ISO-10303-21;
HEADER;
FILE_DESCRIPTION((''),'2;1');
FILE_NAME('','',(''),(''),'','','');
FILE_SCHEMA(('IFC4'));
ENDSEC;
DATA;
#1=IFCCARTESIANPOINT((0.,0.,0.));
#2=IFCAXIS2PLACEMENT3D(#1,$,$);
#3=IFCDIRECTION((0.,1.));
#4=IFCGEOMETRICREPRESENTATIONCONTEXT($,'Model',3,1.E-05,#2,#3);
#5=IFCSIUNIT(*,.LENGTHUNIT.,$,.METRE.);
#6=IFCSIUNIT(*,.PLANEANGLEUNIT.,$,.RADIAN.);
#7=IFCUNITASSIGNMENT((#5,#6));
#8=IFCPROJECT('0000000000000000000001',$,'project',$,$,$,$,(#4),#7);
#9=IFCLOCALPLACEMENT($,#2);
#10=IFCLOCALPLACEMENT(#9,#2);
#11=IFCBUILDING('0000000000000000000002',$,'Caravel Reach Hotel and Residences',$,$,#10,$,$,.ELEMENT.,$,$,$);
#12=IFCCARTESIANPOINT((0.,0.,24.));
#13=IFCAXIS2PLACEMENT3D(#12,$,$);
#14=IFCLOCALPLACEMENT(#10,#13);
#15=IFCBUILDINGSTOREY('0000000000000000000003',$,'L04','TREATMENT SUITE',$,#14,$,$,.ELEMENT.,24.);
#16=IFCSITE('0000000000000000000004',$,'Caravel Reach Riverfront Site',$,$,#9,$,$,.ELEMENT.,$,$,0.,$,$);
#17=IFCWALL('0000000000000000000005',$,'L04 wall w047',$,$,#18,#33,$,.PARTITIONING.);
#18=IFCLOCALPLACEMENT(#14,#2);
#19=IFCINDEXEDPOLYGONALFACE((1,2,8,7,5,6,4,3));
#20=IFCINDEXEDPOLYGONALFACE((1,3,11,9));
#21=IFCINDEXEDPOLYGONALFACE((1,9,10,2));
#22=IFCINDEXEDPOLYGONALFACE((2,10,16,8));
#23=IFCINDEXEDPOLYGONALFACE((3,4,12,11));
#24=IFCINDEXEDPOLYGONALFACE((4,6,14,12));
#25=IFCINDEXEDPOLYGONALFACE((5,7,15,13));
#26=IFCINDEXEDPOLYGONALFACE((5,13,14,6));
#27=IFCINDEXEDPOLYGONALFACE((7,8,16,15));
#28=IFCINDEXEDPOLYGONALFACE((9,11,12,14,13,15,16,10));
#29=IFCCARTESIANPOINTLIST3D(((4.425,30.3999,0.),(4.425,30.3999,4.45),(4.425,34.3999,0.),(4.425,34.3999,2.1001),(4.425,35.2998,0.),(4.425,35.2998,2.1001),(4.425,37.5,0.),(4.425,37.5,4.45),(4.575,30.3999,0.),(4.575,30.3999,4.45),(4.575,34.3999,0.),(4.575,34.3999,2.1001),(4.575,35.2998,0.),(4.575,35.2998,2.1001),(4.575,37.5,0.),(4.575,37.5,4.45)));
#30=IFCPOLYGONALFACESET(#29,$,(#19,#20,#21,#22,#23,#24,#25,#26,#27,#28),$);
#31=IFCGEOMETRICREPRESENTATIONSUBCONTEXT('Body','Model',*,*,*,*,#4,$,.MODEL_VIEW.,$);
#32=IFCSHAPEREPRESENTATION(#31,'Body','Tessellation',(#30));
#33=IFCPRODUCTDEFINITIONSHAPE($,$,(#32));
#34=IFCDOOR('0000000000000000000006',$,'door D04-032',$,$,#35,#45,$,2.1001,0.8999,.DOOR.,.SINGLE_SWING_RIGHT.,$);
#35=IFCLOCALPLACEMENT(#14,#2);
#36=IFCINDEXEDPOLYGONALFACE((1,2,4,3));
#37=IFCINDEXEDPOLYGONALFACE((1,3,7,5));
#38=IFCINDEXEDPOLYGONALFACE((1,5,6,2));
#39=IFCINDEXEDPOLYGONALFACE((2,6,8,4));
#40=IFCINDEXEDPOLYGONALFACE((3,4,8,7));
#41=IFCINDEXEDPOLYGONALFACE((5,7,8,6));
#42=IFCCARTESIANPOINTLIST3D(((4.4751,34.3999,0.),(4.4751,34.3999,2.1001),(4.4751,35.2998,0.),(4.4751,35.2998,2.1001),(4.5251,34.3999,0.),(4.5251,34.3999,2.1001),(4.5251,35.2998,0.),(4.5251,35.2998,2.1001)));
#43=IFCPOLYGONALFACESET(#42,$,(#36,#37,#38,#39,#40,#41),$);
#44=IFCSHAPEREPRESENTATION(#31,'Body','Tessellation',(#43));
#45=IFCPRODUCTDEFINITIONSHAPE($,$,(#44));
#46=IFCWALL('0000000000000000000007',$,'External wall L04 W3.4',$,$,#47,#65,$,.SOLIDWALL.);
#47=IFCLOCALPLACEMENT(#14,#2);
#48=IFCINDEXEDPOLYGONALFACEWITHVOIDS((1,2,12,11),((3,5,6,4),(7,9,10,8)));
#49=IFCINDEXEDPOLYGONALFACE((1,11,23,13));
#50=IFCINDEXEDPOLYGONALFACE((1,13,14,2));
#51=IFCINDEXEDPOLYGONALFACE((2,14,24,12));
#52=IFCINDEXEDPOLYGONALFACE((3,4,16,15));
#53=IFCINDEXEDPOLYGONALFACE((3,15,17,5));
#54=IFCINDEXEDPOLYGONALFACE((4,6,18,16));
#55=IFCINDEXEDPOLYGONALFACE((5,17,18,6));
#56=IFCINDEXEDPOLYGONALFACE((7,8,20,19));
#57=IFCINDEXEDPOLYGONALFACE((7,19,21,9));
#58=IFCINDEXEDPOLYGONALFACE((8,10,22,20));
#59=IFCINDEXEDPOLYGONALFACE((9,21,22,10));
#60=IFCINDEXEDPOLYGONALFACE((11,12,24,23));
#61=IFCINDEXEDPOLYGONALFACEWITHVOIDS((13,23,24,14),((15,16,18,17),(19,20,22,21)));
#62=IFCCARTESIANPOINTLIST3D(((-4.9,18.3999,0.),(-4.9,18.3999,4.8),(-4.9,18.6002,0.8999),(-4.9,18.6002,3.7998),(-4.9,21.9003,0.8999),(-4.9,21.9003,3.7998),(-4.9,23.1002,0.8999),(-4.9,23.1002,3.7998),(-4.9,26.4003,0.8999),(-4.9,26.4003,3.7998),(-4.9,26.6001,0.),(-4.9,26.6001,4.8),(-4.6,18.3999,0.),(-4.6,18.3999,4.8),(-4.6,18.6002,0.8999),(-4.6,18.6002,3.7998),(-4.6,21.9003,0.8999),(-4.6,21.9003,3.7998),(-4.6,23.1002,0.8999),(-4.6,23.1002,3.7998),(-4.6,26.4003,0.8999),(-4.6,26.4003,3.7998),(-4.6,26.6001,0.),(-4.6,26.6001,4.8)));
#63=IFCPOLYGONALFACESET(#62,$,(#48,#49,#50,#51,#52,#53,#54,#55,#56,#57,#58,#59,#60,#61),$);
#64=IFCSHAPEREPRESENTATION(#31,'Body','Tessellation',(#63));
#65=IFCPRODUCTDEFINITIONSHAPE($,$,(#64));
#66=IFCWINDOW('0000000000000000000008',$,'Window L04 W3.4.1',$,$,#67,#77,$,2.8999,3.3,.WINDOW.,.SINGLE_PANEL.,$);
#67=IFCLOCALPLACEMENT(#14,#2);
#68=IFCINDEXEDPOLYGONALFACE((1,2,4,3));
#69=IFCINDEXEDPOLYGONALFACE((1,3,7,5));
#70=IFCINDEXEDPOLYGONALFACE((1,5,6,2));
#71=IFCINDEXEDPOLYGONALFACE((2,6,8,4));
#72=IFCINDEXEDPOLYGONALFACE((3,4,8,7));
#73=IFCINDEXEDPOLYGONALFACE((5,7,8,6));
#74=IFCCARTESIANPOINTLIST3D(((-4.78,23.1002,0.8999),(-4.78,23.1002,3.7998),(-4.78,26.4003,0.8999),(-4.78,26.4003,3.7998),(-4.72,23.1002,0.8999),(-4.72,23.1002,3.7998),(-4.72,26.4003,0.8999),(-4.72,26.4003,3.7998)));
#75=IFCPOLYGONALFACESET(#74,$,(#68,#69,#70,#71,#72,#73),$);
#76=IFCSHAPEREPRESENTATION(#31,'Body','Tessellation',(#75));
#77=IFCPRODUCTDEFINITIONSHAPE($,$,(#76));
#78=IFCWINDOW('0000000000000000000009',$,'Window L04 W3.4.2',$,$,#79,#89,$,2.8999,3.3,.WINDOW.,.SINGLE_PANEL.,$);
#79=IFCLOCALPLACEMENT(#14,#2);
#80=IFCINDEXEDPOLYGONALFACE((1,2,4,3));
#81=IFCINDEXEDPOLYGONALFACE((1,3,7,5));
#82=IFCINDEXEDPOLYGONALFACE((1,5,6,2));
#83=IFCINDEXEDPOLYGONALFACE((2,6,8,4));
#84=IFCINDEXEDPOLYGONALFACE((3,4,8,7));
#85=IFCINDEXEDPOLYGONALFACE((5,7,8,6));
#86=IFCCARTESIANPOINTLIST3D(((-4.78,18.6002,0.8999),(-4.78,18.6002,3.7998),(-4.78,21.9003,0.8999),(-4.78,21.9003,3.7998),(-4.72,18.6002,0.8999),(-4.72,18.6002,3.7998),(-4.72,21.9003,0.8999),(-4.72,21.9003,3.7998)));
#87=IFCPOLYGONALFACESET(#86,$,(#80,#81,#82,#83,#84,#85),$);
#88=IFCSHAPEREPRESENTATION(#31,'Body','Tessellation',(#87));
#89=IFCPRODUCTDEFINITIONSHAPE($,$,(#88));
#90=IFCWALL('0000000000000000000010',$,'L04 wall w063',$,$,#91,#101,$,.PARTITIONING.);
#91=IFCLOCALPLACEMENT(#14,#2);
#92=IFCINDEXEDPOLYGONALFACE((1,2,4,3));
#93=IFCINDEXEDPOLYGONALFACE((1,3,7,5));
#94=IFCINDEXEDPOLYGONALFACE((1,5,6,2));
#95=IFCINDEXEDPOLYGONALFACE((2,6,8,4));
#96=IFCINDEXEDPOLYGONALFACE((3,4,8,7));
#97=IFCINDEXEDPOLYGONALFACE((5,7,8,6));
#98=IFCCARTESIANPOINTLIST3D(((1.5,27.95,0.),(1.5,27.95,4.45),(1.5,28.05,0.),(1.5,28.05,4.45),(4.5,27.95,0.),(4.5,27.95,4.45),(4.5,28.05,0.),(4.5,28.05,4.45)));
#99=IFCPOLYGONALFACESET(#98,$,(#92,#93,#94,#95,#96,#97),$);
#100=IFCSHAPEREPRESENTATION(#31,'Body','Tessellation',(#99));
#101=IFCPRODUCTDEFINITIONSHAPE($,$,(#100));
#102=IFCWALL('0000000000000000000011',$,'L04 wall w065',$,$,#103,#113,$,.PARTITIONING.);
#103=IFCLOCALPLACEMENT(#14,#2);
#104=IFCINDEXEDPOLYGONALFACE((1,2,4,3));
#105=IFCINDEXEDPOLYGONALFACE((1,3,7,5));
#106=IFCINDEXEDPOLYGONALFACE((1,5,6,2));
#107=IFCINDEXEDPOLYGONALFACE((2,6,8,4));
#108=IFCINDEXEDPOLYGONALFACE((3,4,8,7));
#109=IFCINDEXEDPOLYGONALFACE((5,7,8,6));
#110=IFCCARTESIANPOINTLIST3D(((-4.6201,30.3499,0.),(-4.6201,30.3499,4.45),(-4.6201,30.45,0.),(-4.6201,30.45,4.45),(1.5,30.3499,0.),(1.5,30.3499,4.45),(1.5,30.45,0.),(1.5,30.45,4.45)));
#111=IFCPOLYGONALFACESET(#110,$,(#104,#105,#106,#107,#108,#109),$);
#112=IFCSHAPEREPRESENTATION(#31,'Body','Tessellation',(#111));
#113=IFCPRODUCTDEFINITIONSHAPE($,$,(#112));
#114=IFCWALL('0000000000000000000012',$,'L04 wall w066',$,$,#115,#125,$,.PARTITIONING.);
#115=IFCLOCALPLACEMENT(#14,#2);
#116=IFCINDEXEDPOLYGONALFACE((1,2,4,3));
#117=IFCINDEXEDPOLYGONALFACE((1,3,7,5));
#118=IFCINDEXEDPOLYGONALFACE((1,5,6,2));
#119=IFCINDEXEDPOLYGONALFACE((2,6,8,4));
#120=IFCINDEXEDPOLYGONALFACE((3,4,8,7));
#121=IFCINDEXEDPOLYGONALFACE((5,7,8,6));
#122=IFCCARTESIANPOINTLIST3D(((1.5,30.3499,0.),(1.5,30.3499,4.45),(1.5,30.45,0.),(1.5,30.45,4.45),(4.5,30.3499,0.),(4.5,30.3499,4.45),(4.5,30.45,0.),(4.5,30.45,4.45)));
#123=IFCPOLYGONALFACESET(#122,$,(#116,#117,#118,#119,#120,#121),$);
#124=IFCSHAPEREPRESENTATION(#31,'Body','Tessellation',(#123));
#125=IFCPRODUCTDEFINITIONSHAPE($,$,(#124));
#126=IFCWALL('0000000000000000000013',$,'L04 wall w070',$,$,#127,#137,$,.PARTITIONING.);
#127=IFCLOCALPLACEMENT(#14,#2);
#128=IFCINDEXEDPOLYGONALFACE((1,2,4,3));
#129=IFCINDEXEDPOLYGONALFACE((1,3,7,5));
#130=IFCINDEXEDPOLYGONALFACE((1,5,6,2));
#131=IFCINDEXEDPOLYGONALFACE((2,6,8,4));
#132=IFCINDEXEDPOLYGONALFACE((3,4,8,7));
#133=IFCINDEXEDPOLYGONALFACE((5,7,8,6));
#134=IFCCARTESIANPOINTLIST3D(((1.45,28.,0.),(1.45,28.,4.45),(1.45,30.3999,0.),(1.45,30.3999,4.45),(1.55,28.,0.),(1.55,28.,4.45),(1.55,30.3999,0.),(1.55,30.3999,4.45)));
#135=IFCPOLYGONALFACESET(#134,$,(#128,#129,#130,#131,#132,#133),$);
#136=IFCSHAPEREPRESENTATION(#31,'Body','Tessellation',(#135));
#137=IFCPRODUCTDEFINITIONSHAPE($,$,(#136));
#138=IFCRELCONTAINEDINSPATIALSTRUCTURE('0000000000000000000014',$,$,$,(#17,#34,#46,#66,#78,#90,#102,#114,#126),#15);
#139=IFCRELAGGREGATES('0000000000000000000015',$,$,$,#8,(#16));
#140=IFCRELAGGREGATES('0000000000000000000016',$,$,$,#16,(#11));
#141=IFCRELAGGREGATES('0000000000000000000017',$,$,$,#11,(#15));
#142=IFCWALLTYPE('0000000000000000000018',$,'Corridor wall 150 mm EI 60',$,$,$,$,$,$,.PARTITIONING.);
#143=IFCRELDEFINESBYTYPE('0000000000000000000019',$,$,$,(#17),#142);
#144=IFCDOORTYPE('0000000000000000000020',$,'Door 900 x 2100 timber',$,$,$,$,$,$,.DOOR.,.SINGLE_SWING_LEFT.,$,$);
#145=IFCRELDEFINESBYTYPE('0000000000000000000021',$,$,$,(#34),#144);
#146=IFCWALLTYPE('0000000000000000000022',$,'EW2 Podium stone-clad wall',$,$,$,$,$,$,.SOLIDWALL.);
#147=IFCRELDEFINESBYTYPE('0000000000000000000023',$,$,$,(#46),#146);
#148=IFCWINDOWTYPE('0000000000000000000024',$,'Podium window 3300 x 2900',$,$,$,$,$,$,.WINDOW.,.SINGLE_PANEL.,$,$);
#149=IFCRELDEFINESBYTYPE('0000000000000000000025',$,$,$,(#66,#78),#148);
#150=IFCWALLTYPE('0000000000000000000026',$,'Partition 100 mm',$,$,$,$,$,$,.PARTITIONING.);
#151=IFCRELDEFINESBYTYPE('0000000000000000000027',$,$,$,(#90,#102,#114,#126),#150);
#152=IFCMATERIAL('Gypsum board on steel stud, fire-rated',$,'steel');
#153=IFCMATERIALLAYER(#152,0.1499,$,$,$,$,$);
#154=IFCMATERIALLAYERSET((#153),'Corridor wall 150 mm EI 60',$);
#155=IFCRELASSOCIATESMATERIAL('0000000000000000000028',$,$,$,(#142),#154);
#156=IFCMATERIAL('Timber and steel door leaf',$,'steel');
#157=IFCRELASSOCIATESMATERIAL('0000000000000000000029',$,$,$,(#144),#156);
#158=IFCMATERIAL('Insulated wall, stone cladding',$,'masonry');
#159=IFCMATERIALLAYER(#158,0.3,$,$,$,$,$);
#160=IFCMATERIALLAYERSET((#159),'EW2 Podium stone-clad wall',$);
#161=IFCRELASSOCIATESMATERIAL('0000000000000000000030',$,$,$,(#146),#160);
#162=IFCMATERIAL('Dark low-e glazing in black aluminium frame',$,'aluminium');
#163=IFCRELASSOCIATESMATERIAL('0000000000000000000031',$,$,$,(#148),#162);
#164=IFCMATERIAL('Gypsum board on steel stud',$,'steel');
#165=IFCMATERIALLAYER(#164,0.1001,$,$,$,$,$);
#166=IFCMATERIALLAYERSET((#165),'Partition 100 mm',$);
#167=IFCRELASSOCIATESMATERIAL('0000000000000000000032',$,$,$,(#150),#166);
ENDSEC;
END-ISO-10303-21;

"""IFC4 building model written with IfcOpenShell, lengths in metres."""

from ifc_helpers import new_model, si_unit, direction, frame, frame_2d, origin, place, context, subcontext, project, spatial, rectangle, extrude, material, layer, layer_set, type_object, element, fill, save


model = new_model("IFC4")

# Units and contexts
model_context = context("Model", 3, precision=1e-05, world=origin(), true_north=direction((0.0, 1.0)))
body_context = subcontext(model_context, "Body", "Model", "MODEL_VIEW")
ifc_project = project(units=[si_unit("LENGTHUNIT", "METRE"), si_unit("PLANEANGLEUNIT", "RADIAN")], contexts=[model_context])

# Site, building, storey
site_placement = place(None, origin())
site = spatial("IfcSite", under=ifc_project, at=site_placement, Name="Caravel Reach Riverfront Site", CompositionType="ELEMENT", RefElevation=0.0)
building_placement = place(site_placement, origin())
building = spatial("IfcBuilding", under=site, at=building_placement, Name="Caravel Reach Hotel and Residences", CompositionType="ELEMENT")
storey_placement = place(building_placement, frame((0.0, 0.0, 24.0)))
storey = spatial("IfcBuildingStorey", under=building, at=storey_placement, Name="L04", Description="TREATMENT SUITE", CompositionType="ELEMENT", Elevation=24.0)

# Wall, opening, door
ifc_material_1 = material(Name="Gypsum board on steel stud, fire-rated", Category="steel")
ifc_layer_1 = layer(ifc_material_1, 0.1499)
ifc_layer_set_1 = layer_set([ifc_layer_1], Name="Corridor wall 150 mm EI 60")
wall_type_1 = type_object("IfcWallType", Name="Corridor wall 150 mm EI 60", PredefinedType="PARTITIONING", material=ifc_layer_set_1)
ifc_material_2 = material(Name="Timber and steel door leaf", Category="steel")
door_type_1 = type_object("IfcDoorType", Name="Door 900 x 2100 timber", OperationType="SINGLE_SWING_LEFT", PredefinedType="DOOR", material=ifc_material_2)
wall_1_placement = place(storey_placement, frame((4.5, 30.3999, 0.0), z_axis=(0.0, 0.0, 1.0), x_axis=(0.0, 1.0, 0.0)))
wall_1 = element("IfcWall", 1, at=wall_1_placement, inside=storey, type_object=wall_type_1, Name="L04 wall w047", PredefinedType="PARTITIONING", context=body_context, shape_type="SweptSolid", body=[
    extrude(rectangle(XDim=7.1001, YDim=0.1499, at=frame_2d((3.55, 0.0))), origin(), (0.0, 0.0, 1.0), 4.45),
])
opening_1_placement = place(wall_1_placement, frame((4.0, 0.0, 0.0)))
opening_1 = element("IfcOpeningElement", 2, at=opening_1_placement, cuts=wall_1, PredefinedType="OPENING", context=body_context, shape_type="SweptSolid", body=[
    extrude(rectangle(XDim=0.8999, YDim=2.1001, at=frame_2d((0.45, 1.05))), frame((0.0, 0.085, 0.0), z_axis=(0.0, -1.0, 0.0), x_axis=(1.0, 0.0, 0.0)), (0.0, 0.0, 1.0), 0.1699),
])
door_1_placement = place(opening_1_placement, origin())
door_1 = element("IfcDoor", 3, at=door_1_placement, inside=storey, type_object=door_type_1, Name="door D04-032", OperationType="SINGLE_SWING_RIGHT", OverallHeight=2.1001, OverallWidth=0.8999, PredefinedType="DOOR", context=body_context, shape_type="SweptSolid", body=[
    extrude(rectangle(XDim=0.8999, YDim=2.1001, at=frame_2d((0.45, 1.05))), frame((0.0, 0.0249, 0.0), z_axis=(0.0, -1.0, 0.0), x_axis=(1.0, 0.0, 0.0)), (0.0, 0.0, 1.0), 0.05),
])
fill(opening_1, door_1)

# Wall, openings, windows
ifc_material_3 = material(Name="Insulated wall, stone cladding", Category="masonry")
ifc_layer_2 = layer(ifc_material_3, 0.3)
ifc_layer_set_2 = layer_set([ifc_layer_2], Name="EW2 Podium stone-clad wall")
wall_type_2 = type_object("IfcWallType", Name="EW2 Podium stone-clad wall", PredefinedType="SOLIDWALL", material=ifc_layer_set_2)
wall_2_placement = place(storey_placement, frame((-4.75, 26.6001, 0.0), z_axis=(0.0, 0.0, 1.0), x_axis=(0.0, -1.0, 0.0)))
wall_2 = element("IfcWall", 4, at=wall_2_placement, inside=storey, type_object=wall_type_2, Name="External wall L04 W3.4", PredefinedType="SOLIDWALL", context=body_context, shape_type="SweptSolid", body=[
    extrude(rectangle(XDim=8.2002, YDim=0.3, at=frame_2d((4.1001, 0.0))), origin(), (0.0, 0.0, 1.0), 4.8),
])
opening_2_placement = place(wall_2_placement, frame((0.2, 0.0, 0.8999)))
opening_2 = element("IfcOpeningElement", 5, at=opening_2_placement, cuts=wall_2, PredefinedType="OPENING", context=body_context, shape_type="SweptSolid", body=[
    extrude(rectangle(XDim=3.3, YDim=2.8999, at=frame_2d((1.6499, 1.45))), frame((0.0, 0.1599, 0.0), z_axis=(0.0, -1.0, 0.0), x_axis=(1.0, 0.0, 0.0)), (0.0, 0.0, 1.0), 0.3201),
])
opening_3_placement = place(wall_2_placement, frame((4.7, 0.0, 0.8999)))
opening_3 = element("IfcOpeningElement", 6, at=opening_3_placement, cuts=wall_2, PredefinedType="OPENING", context=body_context, shape_type="SweptSolid", body=[
    extrude(rectangle(XDim=3.3, YDim=2.8999, at=frame_2d((1.6499, 1.45))), frame((0.0, 0.1599, 0.0), z_axis=(0.0, -1.0, 0.0), x_axis=(1.0, 0.0, 0.0)), (0.0, 0.0, 1.0), 0.3201),
])
ifc_material_4 = material(Name="Dark low-e glazing in black aluminium frame", Category="aluminium")
window_type = type_object("IfcWindowType", Name="Podium window 3300 x 2900", PartitioningType="SINGLE_PANEL", PredefinedType="WINDOW", material=ifc_material_4)
window_1_placement = place(opening_2_placement, origin())
window_1 = element("IfcWindow", 7, at=window_1_placement, inside=storey, type_object=window_type, Name="Window L04 W3.4.1", OverallHeight=2.8999, OverallWidth=3.3, PartitioningType="SINGLE_PANEL", PredefinedType="WINDOW", context=body_context, shape_type="SweptSolid", body=[
    extrude(rectangle(XDim=3.3, YDim=2.8999, at=frame_2d((1.6499, 1.45))), frame((0.0, 0.03, 0.0), z_axis=(0.0, -1.0, 0.0), x_axis=(1.0, 0.0, 0.0)), (0.0, 0.0, 1.0), 0.0601),
])
fill(opening_2, window_1)
window_2_placement = place(opening_3_placement, origin())
window_2 = element("IfcWindow", 8, at=window_2_placement, inside=storey, type_object=window_type, Name="Window L04 W3.4.2", OverallHeight=2.8999, OverallWidth=3.3, PartitioningType="SINGLE_PANEL", PredefinedType="WINDOW", context=body_context, shape_type="SweptSolid", body=[
    extrude(rectangle(XDim=3.3, YDim=2.8999, at=frame_2d((1.6499, 1.45))), frame((0.0, 0.03, 0.0), z_axis=(0.0, -1.0, 0.0), x_axis=(1.0, 0.0, 0.0)), (0.0, 0.0, 1.0), 0.0601),
])
fill(opening_3, window_2)

# Walls
ifc_material_5 = material(Name="Gypsum board on steel stud", Category="steel")
ifc_layer_3 = layer(ifc_material_5, 0.1001)
ifc_layer_set_3 = layer_set([ifc_layer_3], Name="Partition 100 mm")
wall_type_3 = type_object("IfcWallType", Name="Partition 100 mm", PredefinedType="PARTITIONING", material=ifc_layer_set_3)
wall_3_placement = place(storey_placement, frame((1.5, 28.0, 0.0), z_axis=(0.0, 0.0, 1.0), x_axis=(1.0, 0.0, 0.0)))
element("IfcWall", 9, at=wall_3_placement, inside=storey, type_object=wall_type_3, Name="L04 wall w063", PredefinedType="PARTITIONING", context=body_context, shape_type="SweptSolid", body=[
    extrude(rectangle(XDim=3.0, YDim=0.1001, at=frame_2d((1.5, 0.0))), origin(), (0.0, 0.0, 1.0), 4.45),
])
wall_4_placement = place(storey_placement, frame((-4.6201, 30.3999, 0.0), z_axis=(0.0, 0.0, 1.0), x_axis=(1.0, 0.0, 0.0)))
element("IfcWall", 10, at=wall_4_placement, inside=storey, type_object=wall_type_3, Name="L04 wall w065", PredefinedType="PARTITIONING", context=body_context, shape_type="SweptSolid", body=[
    extrude(rectangle(XDim=6.1201, YDim=0.1001, at=frame_2d((3.0601, 0.0))), origin(), (0.0, 0.0, 1.0), 4.45),
])
wall_5_placement = place(storey_placement, frame((1.5, 30.3999, 0.0), z_axis=(0.0, 0.0, 1.0), x_axis=(1.0, 0.0, 0.0)))
element("IfcWall", 11, at=wall_5_placement, inside=storey, type_object=wall_type_3, Name="L04 wall w066", PredefinedType="PARTITIONING", context=body_context, shape_type="SweptSolid", body=[
    extrude(rectangle(XDim=3.0, YDim=0.1001, at=frame_2d((1.5, 0.0))), origin(), (0.0, 0.0, 1.0), 4.45),
])
wall_6_placement = place(storey_placement, frame((1.5, 28.0, 0.0), z_axis=(0.0, 0.0, 1.0), x_axis=(0.0, 1.0, 0.0)))
element("IfcWall", 12, at=wall_6_placement, inside=storey, type_object=wall_type_3, Name="L04 wall w070", PredefinedType="PARTITIONING", context=body_context, shape_type="SweptSolid", body=[
    extrude(rectangle(XDim=2.3999, YDim=0.1001, at=frame_2d((1.2, 0.0))), origin(), (0.0, 0.0, 1.0), 4.45),
])

save(model, "model.ifc")
